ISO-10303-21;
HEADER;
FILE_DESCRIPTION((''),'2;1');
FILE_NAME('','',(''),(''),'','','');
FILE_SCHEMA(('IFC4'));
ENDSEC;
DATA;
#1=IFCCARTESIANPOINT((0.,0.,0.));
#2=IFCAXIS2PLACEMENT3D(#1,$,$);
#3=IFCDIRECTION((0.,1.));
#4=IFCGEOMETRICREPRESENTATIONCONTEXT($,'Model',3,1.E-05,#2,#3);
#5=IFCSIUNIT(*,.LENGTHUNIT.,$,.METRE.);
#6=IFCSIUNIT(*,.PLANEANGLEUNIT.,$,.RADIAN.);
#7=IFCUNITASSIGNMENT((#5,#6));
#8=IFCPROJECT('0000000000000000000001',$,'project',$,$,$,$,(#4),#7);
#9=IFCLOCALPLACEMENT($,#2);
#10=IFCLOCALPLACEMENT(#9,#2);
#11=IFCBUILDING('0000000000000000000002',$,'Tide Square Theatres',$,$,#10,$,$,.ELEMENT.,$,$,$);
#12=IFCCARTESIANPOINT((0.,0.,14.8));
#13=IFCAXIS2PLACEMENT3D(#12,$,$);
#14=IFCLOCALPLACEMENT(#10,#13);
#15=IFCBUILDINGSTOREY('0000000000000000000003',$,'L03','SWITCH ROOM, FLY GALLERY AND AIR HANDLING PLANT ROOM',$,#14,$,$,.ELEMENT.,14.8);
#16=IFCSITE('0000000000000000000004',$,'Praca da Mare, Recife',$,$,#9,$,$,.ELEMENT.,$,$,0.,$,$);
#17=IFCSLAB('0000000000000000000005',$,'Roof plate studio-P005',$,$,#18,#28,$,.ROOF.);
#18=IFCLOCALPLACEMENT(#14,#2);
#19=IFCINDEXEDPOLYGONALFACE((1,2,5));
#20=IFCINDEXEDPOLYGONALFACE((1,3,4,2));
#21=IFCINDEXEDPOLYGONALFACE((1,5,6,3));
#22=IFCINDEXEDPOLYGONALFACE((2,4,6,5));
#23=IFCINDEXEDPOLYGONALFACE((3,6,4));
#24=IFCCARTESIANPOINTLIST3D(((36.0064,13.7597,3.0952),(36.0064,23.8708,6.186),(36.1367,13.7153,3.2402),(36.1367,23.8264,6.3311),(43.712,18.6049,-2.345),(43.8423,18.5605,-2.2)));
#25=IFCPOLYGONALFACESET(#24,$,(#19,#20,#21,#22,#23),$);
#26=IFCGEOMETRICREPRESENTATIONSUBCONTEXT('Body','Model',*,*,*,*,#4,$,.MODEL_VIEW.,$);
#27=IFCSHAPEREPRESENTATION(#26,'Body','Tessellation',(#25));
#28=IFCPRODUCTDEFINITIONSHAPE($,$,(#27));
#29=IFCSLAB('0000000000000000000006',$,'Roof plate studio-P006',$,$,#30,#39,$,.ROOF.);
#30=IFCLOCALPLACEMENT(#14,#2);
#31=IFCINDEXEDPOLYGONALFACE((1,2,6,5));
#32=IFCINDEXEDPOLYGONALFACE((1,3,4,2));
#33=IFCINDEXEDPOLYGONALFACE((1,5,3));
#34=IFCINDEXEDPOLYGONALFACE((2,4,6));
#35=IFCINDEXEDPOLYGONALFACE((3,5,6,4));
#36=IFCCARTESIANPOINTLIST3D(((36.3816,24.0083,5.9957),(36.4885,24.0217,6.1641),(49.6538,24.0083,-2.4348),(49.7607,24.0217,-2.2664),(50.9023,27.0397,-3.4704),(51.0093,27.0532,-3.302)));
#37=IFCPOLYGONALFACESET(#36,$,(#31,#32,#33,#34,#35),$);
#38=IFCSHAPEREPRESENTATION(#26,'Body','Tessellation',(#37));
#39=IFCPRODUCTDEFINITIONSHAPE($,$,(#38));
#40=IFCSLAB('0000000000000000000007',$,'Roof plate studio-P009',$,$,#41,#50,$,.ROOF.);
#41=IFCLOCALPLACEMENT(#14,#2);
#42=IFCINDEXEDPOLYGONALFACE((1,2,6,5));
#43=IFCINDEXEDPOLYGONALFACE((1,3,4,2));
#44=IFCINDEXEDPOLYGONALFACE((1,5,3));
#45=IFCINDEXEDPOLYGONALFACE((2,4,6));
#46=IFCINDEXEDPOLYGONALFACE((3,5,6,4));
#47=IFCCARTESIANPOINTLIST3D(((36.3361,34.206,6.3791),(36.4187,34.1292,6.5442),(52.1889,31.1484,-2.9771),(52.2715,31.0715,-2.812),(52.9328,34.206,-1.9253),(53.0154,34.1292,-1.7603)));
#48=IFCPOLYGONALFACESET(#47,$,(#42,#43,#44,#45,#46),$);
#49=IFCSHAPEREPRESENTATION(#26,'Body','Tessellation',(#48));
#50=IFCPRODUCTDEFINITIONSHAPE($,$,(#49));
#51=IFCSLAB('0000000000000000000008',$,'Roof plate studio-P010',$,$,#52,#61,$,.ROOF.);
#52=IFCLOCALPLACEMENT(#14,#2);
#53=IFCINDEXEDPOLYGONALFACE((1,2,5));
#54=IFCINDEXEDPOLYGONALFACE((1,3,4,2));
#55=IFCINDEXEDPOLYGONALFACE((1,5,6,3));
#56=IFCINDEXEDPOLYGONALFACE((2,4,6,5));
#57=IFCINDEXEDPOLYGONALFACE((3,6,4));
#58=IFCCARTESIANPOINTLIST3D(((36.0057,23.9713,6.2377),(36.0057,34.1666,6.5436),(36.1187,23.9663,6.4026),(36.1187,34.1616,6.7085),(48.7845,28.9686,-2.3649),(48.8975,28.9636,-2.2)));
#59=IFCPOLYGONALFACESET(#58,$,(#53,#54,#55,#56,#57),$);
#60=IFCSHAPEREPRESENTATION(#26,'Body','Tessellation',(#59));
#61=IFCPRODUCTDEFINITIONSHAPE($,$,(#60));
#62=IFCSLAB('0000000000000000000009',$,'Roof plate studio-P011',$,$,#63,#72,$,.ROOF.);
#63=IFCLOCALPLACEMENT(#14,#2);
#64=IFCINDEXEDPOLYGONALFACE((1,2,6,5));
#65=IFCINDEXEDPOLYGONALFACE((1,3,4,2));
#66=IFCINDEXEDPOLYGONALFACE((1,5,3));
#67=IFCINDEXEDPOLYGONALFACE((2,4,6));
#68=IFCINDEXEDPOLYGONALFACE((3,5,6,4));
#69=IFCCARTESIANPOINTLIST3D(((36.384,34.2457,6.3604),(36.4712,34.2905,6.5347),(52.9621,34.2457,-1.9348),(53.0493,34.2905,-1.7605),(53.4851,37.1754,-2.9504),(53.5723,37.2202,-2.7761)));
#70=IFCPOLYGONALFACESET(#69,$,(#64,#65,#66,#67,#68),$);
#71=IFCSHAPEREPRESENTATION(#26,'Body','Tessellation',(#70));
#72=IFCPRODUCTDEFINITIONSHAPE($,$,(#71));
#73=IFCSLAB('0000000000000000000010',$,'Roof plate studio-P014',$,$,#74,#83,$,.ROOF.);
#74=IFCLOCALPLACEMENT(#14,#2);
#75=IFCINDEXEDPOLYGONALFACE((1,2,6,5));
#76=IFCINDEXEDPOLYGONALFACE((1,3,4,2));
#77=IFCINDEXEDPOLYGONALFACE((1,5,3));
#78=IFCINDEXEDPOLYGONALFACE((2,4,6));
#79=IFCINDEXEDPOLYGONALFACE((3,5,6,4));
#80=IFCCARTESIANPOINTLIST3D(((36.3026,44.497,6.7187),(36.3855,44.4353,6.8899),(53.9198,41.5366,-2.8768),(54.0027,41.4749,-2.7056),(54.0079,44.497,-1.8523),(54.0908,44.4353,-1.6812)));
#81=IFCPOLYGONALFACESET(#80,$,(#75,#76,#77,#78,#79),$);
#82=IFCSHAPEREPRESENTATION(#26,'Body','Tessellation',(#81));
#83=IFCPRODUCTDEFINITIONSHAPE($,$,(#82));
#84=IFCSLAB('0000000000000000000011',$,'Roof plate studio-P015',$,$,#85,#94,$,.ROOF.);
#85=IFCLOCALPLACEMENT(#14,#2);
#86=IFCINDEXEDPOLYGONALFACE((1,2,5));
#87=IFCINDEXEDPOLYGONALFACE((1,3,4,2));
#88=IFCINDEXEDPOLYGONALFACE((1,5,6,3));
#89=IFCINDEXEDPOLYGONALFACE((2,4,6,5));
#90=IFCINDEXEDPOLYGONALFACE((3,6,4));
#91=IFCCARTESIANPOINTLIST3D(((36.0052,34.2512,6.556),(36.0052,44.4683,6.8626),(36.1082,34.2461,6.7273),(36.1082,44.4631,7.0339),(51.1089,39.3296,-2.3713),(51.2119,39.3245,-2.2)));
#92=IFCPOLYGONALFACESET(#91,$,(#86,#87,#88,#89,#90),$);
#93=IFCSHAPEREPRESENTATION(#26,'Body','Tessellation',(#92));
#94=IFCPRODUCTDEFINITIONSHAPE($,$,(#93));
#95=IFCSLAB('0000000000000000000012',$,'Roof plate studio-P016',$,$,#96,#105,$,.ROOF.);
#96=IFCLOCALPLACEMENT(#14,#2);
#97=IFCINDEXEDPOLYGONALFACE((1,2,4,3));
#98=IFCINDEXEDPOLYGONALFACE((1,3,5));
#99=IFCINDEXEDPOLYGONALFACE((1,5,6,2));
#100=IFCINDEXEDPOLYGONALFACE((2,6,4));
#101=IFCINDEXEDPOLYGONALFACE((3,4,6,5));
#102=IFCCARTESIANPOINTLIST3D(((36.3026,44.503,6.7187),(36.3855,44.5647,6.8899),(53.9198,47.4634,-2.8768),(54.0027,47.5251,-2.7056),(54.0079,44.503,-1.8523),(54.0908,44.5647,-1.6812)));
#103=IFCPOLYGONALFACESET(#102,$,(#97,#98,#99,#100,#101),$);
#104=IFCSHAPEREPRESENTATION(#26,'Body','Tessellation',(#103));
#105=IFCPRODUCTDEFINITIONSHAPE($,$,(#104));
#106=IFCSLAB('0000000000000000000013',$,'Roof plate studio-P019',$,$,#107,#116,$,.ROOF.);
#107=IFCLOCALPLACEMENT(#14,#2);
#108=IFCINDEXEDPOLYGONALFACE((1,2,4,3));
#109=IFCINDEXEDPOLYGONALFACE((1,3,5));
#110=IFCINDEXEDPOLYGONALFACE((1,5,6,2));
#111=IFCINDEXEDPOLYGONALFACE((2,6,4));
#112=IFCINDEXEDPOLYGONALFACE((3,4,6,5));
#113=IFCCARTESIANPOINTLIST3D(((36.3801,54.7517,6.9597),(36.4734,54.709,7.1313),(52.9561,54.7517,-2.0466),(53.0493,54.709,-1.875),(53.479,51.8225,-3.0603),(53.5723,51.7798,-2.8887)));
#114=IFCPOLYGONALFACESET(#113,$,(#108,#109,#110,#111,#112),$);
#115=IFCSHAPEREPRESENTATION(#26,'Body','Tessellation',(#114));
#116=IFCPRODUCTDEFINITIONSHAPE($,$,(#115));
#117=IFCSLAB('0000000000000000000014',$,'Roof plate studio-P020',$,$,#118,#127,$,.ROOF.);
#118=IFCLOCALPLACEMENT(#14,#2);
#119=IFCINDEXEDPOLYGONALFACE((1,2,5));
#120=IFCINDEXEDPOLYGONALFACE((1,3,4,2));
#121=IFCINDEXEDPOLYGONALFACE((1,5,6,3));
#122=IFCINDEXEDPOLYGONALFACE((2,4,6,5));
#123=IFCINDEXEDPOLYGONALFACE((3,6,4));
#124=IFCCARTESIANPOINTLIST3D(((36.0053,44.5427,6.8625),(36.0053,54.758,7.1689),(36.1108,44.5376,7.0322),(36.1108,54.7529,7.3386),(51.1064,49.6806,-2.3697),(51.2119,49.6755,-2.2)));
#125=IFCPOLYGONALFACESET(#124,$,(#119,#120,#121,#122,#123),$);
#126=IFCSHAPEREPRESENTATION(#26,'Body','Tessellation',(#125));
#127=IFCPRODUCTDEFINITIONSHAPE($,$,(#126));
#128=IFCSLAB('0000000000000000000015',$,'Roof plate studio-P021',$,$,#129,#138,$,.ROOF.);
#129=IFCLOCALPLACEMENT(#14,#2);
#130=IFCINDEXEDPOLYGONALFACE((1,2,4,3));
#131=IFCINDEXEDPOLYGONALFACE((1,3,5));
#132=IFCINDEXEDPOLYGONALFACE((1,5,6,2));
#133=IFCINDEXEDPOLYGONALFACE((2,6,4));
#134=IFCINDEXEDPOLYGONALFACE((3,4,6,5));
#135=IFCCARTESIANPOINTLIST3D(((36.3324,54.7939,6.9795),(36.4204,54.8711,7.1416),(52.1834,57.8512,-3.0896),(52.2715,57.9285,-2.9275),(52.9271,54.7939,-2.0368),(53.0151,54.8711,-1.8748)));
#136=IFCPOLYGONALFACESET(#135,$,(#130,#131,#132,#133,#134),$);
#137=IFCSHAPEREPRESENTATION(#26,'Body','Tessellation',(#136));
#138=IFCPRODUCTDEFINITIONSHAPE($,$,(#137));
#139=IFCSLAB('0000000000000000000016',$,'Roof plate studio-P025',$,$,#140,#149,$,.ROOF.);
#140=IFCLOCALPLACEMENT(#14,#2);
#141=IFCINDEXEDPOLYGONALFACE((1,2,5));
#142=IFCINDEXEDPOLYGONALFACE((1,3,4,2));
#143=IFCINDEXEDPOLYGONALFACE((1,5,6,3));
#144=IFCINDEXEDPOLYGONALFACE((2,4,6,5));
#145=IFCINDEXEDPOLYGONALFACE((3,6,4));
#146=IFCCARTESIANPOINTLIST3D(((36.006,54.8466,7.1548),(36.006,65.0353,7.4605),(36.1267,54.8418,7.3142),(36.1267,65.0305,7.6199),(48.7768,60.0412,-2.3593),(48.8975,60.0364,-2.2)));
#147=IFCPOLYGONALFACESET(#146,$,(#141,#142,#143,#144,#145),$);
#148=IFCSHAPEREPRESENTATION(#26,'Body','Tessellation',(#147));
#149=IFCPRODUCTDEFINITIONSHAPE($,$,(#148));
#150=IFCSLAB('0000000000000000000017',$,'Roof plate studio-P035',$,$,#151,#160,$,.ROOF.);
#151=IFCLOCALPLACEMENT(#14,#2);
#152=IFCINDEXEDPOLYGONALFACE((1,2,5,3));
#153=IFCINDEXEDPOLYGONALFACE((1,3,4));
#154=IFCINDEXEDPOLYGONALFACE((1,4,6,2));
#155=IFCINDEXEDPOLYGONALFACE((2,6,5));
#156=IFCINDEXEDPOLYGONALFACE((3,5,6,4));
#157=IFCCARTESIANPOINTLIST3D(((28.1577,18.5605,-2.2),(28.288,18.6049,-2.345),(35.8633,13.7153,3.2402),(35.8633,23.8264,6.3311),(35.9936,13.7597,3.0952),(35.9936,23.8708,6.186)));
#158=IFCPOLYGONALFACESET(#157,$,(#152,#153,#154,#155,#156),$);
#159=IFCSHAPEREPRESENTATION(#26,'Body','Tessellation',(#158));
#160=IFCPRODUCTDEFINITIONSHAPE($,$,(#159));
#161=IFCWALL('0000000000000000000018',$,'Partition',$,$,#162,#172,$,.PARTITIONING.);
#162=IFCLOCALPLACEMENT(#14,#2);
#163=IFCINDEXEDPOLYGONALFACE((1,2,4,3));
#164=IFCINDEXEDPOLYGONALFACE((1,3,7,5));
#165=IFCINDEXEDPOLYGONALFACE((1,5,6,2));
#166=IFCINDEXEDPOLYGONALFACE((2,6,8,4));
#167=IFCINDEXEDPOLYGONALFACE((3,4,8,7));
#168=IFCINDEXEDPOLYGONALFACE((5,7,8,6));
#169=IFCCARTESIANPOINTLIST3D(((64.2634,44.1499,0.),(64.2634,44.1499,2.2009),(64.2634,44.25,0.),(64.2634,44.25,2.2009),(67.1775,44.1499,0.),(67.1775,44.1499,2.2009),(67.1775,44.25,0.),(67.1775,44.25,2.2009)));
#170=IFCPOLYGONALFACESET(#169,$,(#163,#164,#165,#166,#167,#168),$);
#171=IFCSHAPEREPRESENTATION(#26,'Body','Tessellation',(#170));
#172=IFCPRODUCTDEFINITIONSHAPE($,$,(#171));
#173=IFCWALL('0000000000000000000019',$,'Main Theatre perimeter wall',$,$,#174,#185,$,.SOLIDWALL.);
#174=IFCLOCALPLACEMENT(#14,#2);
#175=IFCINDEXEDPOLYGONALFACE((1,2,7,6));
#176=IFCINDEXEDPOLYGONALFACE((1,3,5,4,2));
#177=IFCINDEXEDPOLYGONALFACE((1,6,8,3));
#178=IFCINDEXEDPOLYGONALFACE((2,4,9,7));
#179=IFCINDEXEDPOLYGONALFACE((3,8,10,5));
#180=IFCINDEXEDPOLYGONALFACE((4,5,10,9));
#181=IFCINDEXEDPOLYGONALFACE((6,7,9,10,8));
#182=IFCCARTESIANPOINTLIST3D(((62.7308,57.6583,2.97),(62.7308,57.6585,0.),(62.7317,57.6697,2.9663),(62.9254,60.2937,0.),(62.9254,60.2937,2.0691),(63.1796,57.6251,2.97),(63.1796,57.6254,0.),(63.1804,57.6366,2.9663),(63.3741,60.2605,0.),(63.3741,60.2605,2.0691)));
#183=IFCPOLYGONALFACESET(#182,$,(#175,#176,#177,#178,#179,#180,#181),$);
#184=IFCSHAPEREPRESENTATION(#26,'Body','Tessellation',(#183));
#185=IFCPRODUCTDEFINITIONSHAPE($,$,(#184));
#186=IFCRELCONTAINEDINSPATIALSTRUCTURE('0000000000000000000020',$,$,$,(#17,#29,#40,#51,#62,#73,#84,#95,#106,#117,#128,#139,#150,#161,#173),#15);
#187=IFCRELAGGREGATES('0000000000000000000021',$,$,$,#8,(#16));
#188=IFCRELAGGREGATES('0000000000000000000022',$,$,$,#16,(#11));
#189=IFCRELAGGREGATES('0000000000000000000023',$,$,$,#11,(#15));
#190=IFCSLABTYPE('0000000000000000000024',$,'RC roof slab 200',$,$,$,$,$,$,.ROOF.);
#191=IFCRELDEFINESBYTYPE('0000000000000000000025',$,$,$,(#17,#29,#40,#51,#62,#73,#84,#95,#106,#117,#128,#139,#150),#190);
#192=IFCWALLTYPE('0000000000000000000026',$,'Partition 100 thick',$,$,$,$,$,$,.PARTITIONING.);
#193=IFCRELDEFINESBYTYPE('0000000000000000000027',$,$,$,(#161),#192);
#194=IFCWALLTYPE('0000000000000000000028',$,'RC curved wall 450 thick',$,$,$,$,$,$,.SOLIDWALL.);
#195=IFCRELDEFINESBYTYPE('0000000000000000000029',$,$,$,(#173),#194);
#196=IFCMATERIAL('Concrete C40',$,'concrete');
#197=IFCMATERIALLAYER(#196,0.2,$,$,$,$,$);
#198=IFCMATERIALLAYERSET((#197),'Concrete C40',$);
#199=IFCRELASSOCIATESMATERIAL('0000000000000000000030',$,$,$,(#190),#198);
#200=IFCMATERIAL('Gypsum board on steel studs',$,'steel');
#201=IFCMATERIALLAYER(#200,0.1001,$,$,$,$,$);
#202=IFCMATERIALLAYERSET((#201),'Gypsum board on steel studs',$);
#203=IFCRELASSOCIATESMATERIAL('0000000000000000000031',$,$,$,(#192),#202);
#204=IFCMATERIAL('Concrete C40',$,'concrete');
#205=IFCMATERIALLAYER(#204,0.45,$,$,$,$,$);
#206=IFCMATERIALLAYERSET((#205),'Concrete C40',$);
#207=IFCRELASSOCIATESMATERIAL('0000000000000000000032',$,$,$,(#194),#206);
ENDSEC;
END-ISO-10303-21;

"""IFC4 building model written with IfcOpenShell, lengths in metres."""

from ifc_helpers import new_model, si_unit, direction, frame, frame_2d, origin, place, context, subcontext, project, spatial, polyline, rectangle, outline, extrude, material, layer, layer_set, type_object, element, save


model = new_model("IFC4")

# Units and contexts
model_context = context("Model", 3, precision=1e-05, world=origin(), true_north=direction((0.0, 1.0)))
body_context = subcontext(model_context, "Body", "Model", "MODEL_VIEW")
ifc_project = project(units=[si_unit("LENGTHUNIT", "METRE"), si_unit("PLANEANGLEUNIT", "RADIAN")], contexts=[model_context])

# Site, building, storey
site_placement = place(None, origin())
site = spatial("IfcSite", under=ifc_project, at=site_placement, Name="Praca da Mare, Recife", CompositionType="ELEMENT", RefElevation=0.0)
building_placement = place(site_placement, origin())
building = spatial("IfcBuilding", under=site, at=building_placement, Name="Tide Square Theatres", CompositionType="ELEMENT")
storey_placement = place(building_placement, frame((0.0, 0.0, 14.8)))
storey = spatial("IfcBuildingStorey", under=building, at=storey_placement, Name="L03", Description="SWITCH ROOM, FLY GALLERY AND AIR HANDLING PLANT ROOM", CompositionType="ELEMENT", Elevation=14.8)

# Slabs
ifc_material_1 = material(Name="Concrete C40", Category="concrete")
ifc_layer_1 = layer(ifc_material_1, 0.2)
ifc_layer_set_1 = layer_set([ifc_layer_1], Name="Concrete C40")
slab_type = type_object("IfcSlabType", Name="RC roof slab 200", PredefinedType="ROOF", material=ifc_layer_set_1)
slab_1_placement = place(storey_placement, frame((43.8423, 18.5605, -2.2), z_axis=(0.651596, -0.221754, 0.725429), x_axis=(-0.609401, 0.416456, 0.674682)))
element("IfcSlab", 1, at=slab_1_placement, inside=storey, type_object=slab_type, Name="Roof plate studio-P005", PredefinedType="ROOF", context=body_context, shape_type="SweptSolid", body=[
    extrude(outline(polyline([(0.0, 0.0), (12.6445, 0.0), (6.3484, 8.4939), (0.0, 0.0)])), origin(), (0.0, 0.0, -1.0), 0.2),
])
slab_2_placement = place(storey_placement, frame((51.0093, 27.0532, -3.302), z_axis=(0.534953, 0.067393, 0.84219), x_axis=(-0.825191, -0.172275, 0.537941)))
element("IfcSlab", 2, at=slab_2_placement, inside=storey, type_object=slab_type, Name="Roof plate studio-P006", PredefinedType="ROOF", context=body_context, shape_type="SweptSolid", body=[
    extrude(outline(polyline([(0.0, 0.0), (17.5968, 0.0), (2.1096, 2.7149), (0.0, 0.0)])), origin(), (0.0, 0.0, -1.0), 0.2),
])
slab_3_placement = place(storey_placement, frame((52.2715, 31.0715, -2.812), z_axis=(0.413082, -0.384474, 0.825556), x_axis=(0.224206, 0.921546, 0.316993)))
element("IfcSlab", 3, at=slab_3_placement, inside=storey, type_object=slab_type, Name="Roof plate studio-P009", PredefinedType="ROOF", context=body_context, shape_type="SweptSolid", body=[
    extrude(outline(polyline([(0.0, 0.0), (3.3179, 0.0), (2.2293, 18.5264), (0.0, 0.0)])), origin(), (0.0, 0.0, -1.0), 0.2),
])
slab_4_placement = place(storey_placement, frame((48.8975, 28.9636, -2.2), z_axis=(0.56491, -0.024747, 0.824781), x_axis=(-0.778158, 0.316529, 0.542475)))
element("IfcSlab", 4, at=slab_4_placement, inside=storey, type_object=slab_type, Name="Roof plate studio-P010", PredefinedType="ROOF", context=body_context, shape_type="SweptSolid", body=[
    extrude(outline(polyline([(0.0, 0.0), (16.4219, 0.0), (13.0288, 9.619), (0.0, 0.0)])), origin(), (0.0, 0.0, -1.0), 0.2),
])
slab_5_placement = place(storey_placement, frame((53.5723, 37.2202, -2.7761), z_axis=(0.436077, 0.224284, 0.871512), x_axis=(-0.868488, -0.148786, 0.472854)))
element("IfcSlab", 5, at=slab_5_placement, inside=storey, type_object=slab_type, Name="Roof plate studio-P011", PredefinedType="ROOF", context=body_context, shape_type="SweptSolid", body=[
    extrude(outline(polyline([(0.0, 0.0), (19.6906, 0.0), (1.3703, 2.8302), (0.0, 0.0)])), origin(), (0.0, 0.0, -1.0), 0.2),
])
slab_6_placement = place(storey_placement, frame((54.0027, 41.4749, -2.7056), z_axis=(0.414458, -0.308595, 0.856151), x_axis=(0.028123, 0.944647, 0.32688)))
element("IfcSlab", 6, at=slab_6_placement, inside=storey, type_object=slab_type, Name="Roof plate studio-P014", PredefinedType="ROOF", context=body_context, shape_type="SweptSolid", body=[
    extrude(outline(polyline([(0.0, 0.0), (3.1339, 0.0), (5.4377, 19.5355), (0.0, 0.0)])), origin(), (0.0, 0.0, -1.0), 0.2),
])
slab_7_placement = place(storey_placement, frame((51.2119, 39.3245, -2.2), z_axis=(0.515051, -0.025714, 0.856773), x_axis=(-0.819364, 0.278768, 0.500929)))
element("IfcSlab", 7, at=slab_7_placement, inside=storey, type_object=slab_type, Name="Roof plate studio-P015", PredefinedType="ROOF", context=body_context, shape_type="SweptSolid", body=[
    extrude(outline(polyline([(0.0, 0.0), (18.4335, 0.0), (15.4317, 9.7709), (0.0, 0.0)])), origin(), (0.0, 0.0, -1.0), 0.2),
])
slab_8_placement = place(storey_placement, frame((54.0027, 47.5251, -2.7056), z_axis=(0.414458, 0.308595, 0.856151), x_axis=(-0.868778, -0.145992, 0.473193)))
element("IfcSlab", 8, at=slab_8_placement, inside=storey, type_object=slab_type, Name="Roof plate studio-P016", PredefinedType="ROOF", context=body_context, shape_type="SweptSolid", body=[
    extrude(outline(polyline([(0.0, 0.0), (20.2781, 0.0), (0.8404, 3.0191), (0.0, 0.0)])), origin(), (0.0, 0.0, -1.0), 0.2),
])
slab_9_placement = place(storey_placement, frame((53.5723, 51.7798, -2.8887), z_axis=(0.466382, -0.21378, 0.858362), x_axis=(-0.166362, 0.931845, 0.322472)))
element("IfcSlab", 9, at=slab_9_placement, inside=storey, type_object=slab_type, Name="Roof plate studio-P019", PredefinedType="ROOF", context=body_context, shape_type="SweptSolid", body=[
    extrude(outline(polyline([(0.0, 0.0), (3.1434, 0.0), (8.8053, 17.995), (0.0, 0.0)])), origin(), (0.0, 0.0, -1.0), 0.2),
])
slab_10_placement = place(storey_placement, frame((51.2119, 49.6755, -2.2), z_axis=(0.527728, -0.025466, 0.849032), x_axis=(-0.813242, 0.273434, 0.513683)))
element("IfcSlab", 10, at=slab_10_placement, inside=storey, type_object=slab_type, Name="Roof plate studio-P020", PredefinedType="ROOF", context=body_context, shape_type="SweptSolid", body=[
    extrude(outline(polyline([(0.0, 0.0), (18.569, 0.0), (15.6184, 9.7847), (0.0, 0.0)])), origin(), (0.0, 0.0, -1.0), 0.2),
])
slab_11_placement = place(storey_placement, frame((52.2715, 57.9285, -2.9275), z_axis=(0.440372, 0.386193, 0.810511), x_axis=(-0.833125, -0.160694, 0.529227)))
element("IfcSlab", 11, at=slab_11_placement, inside=storey, type_object=slab_type, Name="Roof plate studio-P021", PredefinedType="ROOF", context=body_context, shape_type="SweptSolid", body=[
    extrude(outline(polyline([(0.0, 0.0), (19.0261, 0.0), (0.4289, 3.2901), (0.0, 0.0)])), origin(), (0.0, 0.0, -1.0), 0.2),
])
slab_12_placement = place(storey_placement, frame((48.8975, 60.0364, -2.2), z_axis=(0.603494, -0.02391, 0.797009), x_axis=(-0.757188, 0.296107, 0.582225)))
element("IfcSlab", 12, at=slab_12_placement, inside=storey, type_object=slab_type, Name="Roof plate studio-P025", PredefinedType="ROOF", context=body_context, shape_type="SweptSolid", body=[
    extrude(outline(polyline([(0.0, 0.0), (16.866, 0.0), (13.6711, 9.6797), (0.0, 0.0)])), origin(), (0.0, 0.0, -1.0), 0.2),
])
slab_13_placement = place(storey_placement, frame((28.1577, 18.5605, -2.2), z_axis=(-0.651596, -0.221754, 0.725429), x_axis=(0.726657, -0.456918, 0.513025)))
element("IfcSlab", 13, at=slab_13_placement, inside=storey, type_object=slab_type, Name="Roof plate studio-P035", PredefinedType="ROOF", context=body_context, shape_type="SweptSolid", body=[
    extrude(outline(polyline([(0.0, 0.0), (10.6041, 0.0), (7.5699, 10.1282), (0.0, 0.0)])), origin(), (0.0, 0.0, -1.0), 0.2),
])

# Walls
ifc_material_2 = material(Name="Gypsum board on steel studs", Category="steel")
ifc_layer_2 = layer(ifc_material_2, 0.1001)
ifc_layer_set_2 = layer_set([ifc_layer_2], Name="Gypsum board on steel studs")
wall_type_1 = type_object("IfcWallType", Name="Partition 100 thick", PredefinedType="PARTITIONING", material=ifc_layer_set_2)
wall_1_placement = place(storey_placement, frame((64.2634, 44.2, 0.0), z_axis=(0.0, 0.0, 1.0), x_axis=(1.0, 0.0, 0.0)))
element("IfcWall", 14, at=wall_1_placement, inside=storey, type_object=wall_type_1, Name="Partition", PredefinedType="PARTITIONING", context=body_context, shape_type="SweptSolid", body=[
    extrude(rectangle(XDim=2.9141, YDim=0.1001, at=frame_2d((1.457, 0.0))), origin(), (0.0, 0.0, 1.0), 2.2009),
])
ifc_material_3 = material(Name="Concrete C40", Category="concrete")
ifc_layer_3 = layer(ifc_material_3, 0.45)
ifc_layer_set_3 = layer_set([ifc_layer_3], Name="Concrete C40")
wall_type_2 = type_object("IfcWallType", Name="RC curved wall 450 thick", PredefinedType="SOLIDWALL", material=ifc_layer_set_3)
wall_2_placement = place(storey_placement, frame((63.1497, 60.2771, 0.0), z_axis=(0.0, 0.0, 1.0), x_axis=(-0.073637, -0.997285, 0.0)))
element("IfcWall", 15, at=wall_2_placement, inside=storey, type_object=wall_type_2, Name="Main Theatre perimeter wall", PredefinedType="SOLIDWALL", context=body_context, shape_type="SweptSolid", body=[
    extrude(outline(polyline([(0.0, 0.0), (2.6423, 0.0), (2.6426, 2.97), (2.6311, 2.9663), (0.0, 2.0691), (0.0, 0.0)])), frame((0.0, 0.2251, 0.0), z_axis=(0.0, -1.0, 0.0), x_axis=(1.0, 0.0, 0.0)), (0.0, 0.0, 1.0), 0.45),
])

save(model, "model.ifc")
